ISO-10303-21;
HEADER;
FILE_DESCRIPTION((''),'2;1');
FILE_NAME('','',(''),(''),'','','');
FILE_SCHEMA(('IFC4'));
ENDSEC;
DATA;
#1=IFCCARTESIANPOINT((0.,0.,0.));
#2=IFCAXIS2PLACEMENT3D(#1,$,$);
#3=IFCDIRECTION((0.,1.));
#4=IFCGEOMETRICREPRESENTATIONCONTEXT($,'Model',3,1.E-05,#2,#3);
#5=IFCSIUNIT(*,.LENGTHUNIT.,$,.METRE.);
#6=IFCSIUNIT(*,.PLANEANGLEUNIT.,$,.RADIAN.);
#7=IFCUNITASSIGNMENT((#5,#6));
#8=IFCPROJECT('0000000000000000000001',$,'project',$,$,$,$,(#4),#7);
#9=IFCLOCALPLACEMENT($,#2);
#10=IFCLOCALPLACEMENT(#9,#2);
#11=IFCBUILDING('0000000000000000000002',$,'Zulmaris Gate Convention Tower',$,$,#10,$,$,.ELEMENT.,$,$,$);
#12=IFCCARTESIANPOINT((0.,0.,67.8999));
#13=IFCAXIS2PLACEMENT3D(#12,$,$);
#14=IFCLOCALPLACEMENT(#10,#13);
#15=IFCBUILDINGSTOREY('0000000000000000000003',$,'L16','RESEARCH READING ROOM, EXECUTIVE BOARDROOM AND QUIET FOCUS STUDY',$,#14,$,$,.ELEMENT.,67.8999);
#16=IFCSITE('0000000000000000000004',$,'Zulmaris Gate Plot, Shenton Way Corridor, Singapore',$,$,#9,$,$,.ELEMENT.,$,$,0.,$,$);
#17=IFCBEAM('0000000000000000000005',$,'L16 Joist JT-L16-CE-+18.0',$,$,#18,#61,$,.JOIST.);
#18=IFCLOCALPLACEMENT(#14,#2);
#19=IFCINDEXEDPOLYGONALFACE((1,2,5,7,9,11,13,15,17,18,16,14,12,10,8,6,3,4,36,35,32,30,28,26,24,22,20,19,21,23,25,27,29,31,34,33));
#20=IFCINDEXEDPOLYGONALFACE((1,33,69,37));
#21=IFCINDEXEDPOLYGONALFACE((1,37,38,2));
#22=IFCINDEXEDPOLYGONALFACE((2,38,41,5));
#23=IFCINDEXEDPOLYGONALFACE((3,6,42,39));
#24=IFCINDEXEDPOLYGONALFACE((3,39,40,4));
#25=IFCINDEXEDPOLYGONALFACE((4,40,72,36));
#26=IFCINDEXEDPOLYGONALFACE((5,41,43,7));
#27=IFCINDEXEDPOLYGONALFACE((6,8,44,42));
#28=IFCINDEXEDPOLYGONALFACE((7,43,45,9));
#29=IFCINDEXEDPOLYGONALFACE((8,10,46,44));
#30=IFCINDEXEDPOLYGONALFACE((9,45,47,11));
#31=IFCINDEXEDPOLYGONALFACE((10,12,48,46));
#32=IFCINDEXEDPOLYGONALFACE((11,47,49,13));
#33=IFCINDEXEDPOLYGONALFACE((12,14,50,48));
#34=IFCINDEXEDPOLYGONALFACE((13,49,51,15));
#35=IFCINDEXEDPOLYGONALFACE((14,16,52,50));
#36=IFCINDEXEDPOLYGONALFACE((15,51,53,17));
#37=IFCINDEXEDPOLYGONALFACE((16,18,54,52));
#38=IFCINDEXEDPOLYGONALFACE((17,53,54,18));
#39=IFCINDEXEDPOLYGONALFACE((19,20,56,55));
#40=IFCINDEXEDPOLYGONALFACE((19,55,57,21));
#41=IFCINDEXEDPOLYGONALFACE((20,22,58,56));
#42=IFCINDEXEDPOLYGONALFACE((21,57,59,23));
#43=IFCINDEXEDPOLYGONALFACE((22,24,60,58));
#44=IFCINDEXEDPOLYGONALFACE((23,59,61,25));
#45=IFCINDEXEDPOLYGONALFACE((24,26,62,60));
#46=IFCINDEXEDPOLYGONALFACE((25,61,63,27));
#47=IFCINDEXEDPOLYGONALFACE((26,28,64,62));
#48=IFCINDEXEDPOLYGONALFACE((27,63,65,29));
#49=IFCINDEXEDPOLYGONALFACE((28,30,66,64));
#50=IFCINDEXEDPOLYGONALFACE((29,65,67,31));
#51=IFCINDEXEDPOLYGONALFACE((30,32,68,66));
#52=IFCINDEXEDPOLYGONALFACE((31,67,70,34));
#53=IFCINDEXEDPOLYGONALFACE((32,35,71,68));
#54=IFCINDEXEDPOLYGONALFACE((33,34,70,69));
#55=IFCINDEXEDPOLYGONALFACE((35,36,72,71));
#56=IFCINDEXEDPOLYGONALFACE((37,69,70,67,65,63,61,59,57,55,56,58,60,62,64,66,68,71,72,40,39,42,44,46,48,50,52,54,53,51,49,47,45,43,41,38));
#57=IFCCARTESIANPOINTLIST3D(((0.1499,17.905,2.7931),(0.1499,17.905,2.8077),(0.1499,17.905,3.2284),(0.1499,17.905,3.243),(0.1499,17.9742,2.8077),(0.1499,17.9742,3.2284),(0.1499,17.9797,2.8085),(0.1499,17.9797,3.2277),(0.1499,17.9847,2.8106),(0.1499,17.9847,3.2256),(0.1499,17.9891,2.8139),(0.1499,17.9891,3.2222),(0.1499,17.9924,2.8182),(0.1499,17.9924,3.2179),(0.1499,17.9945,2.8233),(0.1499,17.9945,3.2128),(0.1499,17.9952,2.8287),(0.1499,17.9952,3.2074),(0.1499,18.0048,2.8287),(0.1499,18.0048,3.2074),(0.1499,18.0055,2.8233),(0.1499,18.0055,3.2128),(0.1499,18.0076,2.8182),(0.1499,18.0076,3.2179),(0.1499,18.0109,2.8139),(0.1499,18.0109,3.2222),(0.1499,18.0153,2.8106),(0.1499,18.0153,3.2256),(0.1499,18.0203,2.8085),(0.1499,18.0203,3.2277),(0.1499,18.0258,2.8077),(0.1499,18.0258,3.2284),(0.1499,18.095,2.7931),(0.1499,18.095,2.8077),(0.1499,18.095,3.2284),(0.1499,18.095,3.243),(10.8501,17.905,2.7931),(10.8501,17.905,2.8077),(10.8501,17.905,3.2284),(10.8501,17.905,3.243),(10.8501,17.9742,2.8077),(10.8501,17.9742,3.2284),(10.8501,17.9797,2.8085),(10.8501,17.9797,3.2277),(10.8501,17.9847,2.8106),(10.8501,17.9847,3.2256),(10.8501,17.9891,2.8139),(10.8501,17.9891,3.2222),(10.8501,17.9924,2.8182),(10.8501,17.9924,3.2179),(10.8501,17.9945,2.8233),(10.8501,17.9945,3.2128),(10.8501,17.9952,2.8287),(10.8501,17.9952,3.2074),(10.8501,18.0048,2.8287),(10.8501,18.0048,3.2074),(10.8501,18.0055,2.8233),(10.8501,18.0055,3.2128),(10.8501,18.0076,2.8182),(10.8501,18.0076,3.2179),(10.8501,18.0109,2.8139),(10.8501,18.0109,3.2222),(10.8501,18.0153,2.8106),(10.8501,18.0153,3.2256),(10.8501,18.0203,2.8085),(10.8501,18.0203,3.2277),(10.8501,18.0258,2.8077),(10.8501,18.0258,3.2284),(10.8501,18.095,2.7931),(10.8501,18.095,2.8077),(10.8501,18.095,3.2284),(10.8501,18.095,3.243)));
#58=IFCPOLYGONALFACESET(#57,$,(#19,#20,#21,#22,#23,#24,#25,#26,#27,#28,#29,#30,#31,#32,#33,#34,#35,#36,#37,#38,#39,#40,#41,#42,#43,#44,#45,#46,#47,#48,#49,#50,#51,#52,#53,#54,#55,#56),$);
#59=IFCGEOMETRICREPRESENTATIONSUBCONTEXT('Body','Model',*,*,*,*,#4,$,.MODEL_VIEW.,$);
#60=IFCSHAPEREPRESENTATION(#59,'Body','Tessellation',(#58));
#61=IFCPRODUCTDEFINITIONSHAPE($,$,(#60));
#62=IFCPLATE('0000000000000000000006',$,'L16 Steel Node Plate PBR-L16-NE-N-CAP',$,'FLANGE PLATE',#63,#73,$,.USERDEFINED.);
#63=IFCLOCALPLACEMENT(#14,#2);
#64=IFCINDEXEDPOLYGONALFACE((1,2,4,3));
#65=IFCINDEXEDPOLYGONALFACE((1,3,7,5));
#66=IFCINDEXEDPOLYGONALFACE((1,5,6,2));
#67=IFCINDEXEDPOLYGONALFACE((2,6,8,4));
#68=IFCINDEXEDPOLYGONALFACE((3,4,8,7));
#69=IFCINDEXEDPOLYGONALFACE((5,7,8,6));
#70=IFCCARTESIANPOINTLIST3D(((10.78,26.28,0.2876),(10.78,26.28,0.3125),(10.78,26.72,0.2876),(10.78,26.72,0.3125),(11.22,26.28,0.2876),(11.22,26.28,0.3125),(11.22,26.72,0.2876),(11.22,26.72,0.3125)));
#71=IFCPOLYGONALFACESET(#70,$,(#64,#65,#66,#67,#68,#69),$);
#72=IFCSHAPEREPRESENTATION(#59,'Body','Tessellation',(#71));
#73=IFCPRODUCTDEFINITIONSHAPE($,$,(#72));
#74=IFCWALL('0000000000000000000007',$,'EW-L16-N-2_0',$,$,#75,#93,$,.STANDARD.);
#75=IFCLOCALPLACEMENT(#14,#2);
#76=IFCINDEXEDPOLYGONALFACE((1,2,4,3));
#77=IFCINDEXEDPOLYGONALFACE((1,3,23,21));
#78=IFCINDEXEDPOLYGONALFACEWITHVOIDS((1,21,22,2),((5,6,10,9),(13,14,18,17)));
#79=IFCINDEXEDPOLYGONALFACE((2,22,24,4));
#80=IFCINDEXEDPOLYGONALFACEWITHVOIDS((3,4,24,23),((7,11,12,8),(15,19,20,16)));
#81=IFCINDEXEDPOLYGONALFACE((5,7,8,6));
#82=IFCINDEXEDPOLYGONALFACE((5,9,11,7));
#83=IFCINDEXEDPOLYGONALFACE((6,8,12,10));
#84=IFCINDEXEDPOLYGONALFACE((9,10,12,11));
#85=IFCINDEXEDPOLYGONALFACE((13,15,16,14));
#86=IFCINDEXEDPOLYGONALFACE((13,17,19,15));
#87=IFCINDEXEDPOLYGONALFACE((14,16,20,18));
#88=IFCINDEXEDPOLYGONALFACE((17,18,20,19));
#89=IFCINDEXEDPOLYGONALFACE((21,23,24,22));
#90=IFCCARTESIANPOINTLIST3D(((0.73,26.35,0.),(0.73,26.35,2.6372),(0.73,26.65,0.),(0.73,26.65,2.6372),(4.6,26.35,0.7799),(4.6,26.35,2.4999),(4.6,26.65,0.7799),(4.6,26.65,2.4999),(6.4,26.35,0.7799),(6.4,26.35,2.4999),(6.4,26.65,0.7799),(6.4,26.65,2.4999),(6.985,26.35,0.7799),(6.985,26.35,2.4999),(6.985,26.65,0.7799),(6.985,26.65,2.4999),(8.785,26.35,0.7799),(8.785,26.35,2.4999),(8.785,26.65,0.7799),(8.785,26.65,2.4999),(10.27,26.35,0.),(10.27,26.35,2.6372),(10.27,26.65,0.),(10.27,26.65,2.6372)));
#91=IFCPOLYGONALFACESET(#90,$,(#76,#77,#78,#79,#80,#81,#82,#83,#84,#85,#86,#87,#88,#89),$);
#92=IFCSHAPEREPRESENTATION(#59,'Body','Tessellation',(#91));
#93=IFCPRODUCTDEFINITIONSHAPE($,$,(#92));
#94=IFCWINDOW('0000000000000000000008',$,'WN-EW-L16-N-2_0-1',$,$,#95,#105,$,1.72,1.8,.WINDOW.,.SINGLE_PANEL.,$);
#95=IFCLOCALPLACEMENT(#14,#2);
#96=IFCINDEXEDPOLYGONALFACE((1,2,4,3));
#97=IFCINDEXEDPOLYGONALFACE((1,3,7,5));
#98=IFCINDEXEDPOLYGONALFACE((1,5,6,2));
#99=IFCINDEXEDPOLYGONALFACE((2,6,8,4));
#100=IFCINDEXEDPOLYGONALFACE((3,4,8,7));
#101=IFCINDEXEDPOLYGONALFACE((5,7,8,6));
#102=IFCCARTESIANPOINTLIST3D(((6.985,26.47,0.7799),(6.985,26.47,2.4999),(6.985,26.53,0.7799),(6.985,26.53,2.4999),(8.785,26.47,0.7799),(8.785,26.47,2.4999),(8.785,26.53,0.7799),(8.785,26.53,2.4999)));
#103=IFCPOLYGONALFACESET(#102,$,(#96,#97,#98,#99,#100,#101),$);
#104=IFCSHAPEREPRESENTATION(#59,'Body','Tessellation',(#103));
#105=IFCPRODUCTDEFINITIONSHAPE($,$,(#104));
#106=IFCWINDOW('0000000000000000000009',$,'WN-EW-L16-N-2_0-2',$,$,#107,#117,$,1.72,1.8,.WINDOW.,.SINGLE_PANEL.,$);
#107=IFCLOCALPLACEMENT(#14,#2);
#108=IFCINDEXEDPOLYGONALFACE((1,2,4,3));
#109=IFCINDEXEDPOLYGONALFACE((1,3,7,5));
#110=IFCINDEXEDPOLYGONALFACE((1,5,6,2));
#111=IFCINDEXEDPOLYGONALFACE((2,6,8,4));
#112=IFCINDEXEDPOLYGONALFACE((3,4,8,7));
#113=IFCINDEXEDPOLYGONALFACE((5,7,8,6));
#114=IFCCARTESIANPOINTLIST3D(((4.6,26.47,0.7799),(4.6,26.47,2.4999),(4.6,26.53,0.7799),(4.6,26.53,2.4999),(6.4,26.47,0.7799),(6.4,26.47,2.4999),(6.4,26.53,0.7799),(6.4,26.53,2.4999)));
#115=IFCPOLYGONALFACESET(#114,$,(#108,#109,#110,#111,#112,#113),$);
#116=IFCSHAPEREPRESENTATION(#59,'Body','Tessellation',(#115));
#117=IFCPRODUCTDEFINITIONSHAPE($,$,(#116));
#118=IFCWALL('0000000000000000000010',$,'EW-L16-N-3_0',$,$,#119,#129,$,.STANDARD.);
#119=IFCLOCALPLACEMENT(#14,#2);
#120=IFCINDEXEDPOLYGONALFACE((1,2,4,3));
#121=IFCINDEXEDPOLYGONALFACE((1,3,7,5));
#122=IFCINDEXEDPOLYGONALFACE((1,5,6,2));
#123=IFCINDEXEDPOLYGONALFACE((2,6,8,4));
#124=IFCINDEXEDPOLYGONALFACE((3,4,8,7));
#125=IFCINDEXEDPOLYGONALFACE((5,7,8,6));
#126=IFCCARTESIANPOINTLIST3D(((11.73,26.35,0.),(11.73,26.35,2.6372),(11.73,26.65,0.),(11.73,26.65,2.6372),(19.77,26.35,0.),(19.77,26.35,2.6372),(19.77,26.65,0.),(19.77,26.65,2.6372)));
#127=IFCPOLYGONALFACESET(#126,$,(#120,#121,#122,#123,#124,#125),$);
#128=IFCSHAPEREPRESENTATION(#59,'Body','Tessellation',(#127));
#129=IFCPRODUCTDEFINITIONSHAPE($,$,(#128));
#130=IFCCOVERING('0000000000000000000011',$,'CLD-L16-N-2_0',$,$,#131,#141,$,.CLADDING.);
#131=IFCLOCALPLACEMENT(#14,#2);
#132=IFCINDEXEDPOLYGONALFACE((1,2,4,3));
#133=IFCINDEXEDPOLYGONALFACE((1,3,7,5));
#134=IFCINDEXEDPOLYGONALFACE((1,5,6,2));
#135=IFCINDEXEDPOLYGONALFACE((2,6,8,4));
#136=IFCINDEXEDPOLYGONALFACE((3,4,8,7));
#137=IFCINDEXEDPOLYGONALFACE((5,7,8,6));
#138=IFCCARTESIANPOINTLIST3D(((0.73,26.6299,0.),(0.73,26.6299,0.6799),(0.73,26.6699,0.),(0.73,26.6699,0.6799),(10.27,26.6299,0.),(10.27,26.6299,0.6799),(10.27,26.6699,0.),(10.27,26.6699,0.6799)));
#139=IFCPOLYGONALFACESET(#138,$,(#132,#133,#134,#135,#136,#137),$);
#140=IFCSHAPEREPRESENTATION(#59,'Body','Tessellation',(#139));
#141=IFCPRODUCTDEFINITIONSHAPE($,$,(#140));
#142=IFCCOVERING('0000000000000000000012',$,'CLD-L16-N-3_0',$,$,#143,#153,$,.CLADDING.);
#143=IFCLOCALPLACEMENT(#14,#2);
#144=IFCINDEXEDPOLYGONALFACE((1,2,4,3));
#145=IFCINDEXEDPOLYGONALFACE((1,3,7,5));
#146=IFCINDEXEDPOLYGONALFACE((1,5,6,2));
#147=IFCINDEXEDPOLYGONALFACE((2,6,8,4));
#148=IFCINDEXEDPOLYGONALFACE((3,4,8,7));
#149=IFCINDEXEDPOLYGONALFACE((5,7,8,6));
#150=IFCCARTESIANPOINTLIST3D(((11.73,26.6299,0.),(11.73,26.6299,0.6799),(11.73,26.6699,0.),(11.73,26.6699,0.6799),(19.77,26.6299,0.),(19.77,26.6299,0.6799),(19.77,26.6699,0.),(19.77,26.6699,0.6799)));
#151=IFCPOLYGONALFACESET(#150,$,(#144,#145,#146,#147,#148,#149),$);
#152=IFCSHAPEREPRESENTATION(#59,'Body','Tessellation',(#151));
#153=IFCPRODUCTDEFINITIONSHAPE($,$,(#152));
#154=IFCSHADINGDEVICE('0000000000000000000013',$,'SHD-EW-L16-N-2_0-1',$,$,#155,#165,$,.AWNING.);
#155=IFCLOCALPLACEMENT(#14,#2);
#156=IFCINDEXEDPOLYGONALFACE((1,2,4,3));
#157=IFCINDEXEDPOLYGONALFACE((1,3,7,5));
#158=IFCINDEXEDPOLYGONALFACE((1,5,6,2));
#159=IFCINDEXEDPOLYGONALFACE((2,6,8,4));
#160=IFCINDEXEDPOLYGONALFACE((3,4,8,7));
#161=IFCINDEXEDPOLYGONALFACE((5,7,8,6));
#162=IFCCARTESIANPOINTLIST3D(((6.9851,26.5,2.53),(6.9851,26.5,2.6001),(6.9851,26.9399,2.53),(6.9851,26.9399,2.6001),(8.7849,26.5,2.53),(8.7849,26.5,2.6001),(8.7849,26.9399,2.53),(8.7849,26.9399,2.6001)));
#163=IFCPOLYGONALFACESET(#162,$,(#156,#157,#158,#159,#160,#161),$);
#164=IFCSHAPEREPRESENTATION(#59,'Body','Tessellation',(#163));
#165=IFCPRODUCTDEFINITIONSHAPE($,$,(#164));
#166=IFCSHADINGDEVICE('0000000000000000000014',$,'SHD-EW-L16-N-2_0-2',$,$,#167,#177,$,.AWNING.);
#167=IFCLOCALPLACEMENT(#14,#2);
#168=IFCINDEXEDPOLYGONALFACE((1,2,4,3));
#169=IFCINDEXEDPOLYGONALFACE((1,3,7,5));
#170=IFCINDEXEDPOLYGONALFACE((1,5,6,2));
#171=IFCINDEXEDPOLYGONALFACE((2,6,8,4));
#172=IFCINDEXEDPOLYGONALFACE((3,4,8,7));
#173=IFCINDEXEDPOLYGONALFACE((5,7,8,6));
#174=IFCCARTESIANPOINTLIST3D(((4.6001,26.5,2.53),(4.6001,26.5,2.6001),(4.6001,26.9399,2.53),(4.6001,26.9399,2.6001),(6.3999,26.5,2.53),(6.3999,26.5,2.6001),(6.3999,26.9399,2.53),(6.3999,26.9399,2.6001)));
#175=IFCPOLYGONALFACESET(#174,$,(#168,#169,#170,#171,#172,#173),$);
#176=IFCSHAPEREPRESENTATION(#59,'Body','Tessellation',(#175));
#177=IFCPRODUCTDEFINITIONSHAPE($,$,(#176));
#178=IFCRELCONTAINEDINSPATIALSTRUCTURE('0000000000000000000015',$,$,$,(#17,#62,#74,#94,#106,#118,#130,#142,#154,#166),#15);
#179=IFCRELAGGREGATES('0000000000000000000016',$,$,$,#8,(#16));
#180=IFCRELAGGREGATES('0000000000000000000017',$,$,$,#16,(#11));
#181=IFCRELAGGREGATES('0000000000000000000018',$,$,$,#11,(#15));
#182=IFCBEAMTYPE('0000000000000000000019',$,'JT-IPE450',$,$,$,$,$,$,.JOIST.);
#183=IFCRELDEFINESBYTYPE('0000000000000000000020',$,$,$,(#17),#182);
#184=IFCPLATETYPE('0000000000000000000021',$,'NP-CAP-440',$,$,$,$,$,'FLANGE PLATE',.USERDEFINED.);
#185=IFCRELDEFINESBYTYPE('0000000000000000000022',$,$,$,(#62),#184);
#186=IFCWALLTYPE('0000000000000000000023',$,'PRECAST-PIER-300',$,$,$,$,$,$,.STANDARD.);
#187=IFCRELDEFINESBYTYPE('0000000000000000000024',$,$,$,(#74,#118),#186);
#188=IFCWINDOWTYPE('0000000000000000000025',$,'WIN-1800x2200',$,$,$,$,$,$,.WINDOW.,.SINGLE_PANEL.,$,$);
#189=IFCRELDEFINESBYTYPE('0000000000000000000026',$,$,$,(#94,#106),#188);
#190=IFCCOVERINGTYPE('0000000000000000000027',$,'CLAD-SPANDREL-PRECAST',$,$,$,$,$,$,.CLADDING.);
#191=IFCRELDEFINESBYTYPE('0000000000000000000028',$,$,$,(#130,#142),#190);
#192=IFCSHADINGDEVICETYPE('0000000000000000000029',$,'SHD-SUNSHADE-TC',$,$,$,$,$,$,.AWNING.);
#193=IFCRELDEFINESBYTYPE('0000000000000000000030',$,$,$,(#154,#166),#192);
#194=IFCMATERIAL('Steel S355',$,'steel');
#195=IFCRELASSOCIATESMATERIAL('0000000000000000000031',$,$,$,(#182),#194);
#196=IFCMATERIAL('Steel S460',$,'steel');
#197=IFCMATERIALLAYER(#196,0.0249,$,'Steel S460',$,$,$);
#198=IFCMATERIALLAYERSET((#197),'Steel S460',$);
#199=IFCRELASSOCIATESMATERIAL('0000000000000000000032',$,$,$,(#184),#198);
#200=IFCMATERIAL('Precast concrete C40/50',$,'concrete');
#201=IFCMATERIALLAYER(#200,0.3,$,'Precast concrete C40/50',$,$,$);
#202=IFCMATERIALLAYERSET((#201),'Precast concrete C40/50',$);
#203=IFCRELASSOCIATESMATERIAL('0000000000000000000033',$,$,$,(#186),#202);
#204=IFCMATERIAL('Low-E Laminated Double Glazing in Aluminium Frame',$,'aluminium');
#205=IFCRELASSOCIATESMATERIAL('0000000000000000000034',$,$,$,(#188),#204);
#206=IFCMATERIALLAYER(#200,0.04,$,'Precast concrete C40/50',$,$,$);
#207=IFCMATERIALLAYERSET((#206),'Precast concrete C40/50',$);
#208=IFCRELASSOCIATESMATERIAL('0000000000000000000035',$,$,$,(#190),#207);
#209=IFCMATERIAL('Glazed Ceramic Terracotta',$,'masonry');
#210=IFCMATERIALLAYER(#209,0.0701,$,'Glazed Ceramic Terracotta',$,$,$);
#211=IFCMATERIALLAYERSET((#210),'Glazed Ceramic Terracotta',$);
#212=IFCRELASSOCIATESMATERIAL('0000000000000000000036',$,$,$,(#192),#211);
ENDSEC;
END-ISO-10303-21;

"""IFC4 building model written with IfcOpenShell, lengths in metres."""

from ifc_helpers import new_model, si_unit, direction, frame, frame_2d, origin, origin_2d, place, context, subcontext, project, spatial, rectangle, i_section, extrude, material, layer, layer_set, material_profile, profile_set, type_object, element, fill, save


model = new_model("IFC4")

# Units and contexts
model_context = context("Model", 3, precision=1e-05, world=origin(), true_north=direction((0.0, 1.0)))
body_context = subcontext(model_context, "Body", "Model", "MODEL_VIEW")
ifc_project = project(units=[si_unit("LENGTHUNIT", "METRE"), si_unit("PLANEANGLEUNIT", "RADIAN")], contexts=[model_context])

# Site, building, storey
site_placement = place(None, origin())
site = spatial("IfcSite", under=ifc_project, at=site_placement, Name="Zulmaris Gate Plot, Shenton Way Corridor, Singapore", CompositionType="ELEMENT", RefElevation=0.0)
building_placement = place(site_placement, origin())
building = spatial("IfcBuilding", under=site, at=building_placement, Name="Zulmaris Gate Convention Tower", CompositionType="ELEMENT")
storey_placement = place(building_placement, frame((0.0, 0.0, 67.8999)))
storey = spatial("IfcBuildingStorey", under=building, at=storey_placement, Name="L16", Description="RESEARCH READING ROOM, EXECUTIVE BOARDROOM AND QUIET FOCUS STUDY", CompositionType="ELEMENT", Elevation=67.8999)

# Shared definitions
ifc_material_1 = material(Name="Steel S355", Category="steel")

# Shared definitions
ifc_material_2 = material(Name="Steel S460", Category="steel")

# Beam
ifc_material_profile_1 = material_profile(ifc_material_1, i_section(OverallWidth=0.1899, OverallDepth=0.45, WebThickness=0.0095, FlangeThickness=0.0146, FilletRadius=0.021, at=origin_2d()), Name="IPE 450")
ifc_profile_set_1 = profile_set([ifc_material_profile_1], Name="Steel S355")
beam_type_1 = type_object("IfcBeamType", Name="JT-IPE450", PredefinedType="JOIST", material=ifc_profile_set_1)
for number, where, z_axis, x_axis, name in (
    (1, (0.1499, 18.0, 3.0181), (1.0, 0.0, 0.0), (0.0, 1.0, 0.0), "L16 Joist JT-L16-CE-+18.0"),
):
    element("IfcBeam", number, at=place(storey_placement, frame(where, z_axis=z_axis, x_axis=x_axis)), inside=storey, type_object=beam_type_1, Name=name, PredefinedType="JOIST", context=body_context, shape_type="SweptSolid", body=[
        extrude(i_section(OverallWidth=0.1899, OverallDepth=0.45, WebThickness=0.0095, FlangeThickness=0.0146, FilletRadius=0.021, at=origin_2d()), origin(), (0.0, 0.0, 1.0), 10.7002),
    ])

# Plate
ifc_layer_1 = layer(ifc_material_2, 0.0249, Name="Steel S460")
ifc_layer_set_1 = layer_set([ifc_layer_1], Name="Steel S460")
plate_type = type_object("IfcPlateType", Name="NP-CAP-440", ElementType="FLANGE PLATE", PredefinedType="USERDEFINED", material=ifc_layer_set_1)
plate_placement = place(storey_placement, frame((11.0, 26.5, 0.2876), z_axis=(0.0, 0.0, 1.0), x_axis=(1.0, 0.0, 0.0)))
element("IfcPlate", 2, at=plate_placement, inside=storey, type_object=plate_type, Name="L16 Steel Node Plate PBR-L16-NE-N-CAP", ObjectType="FLANGE PLATE", PredefinedType="USERDEFINED", context=body_context, shape_type="SweptSolid", body=[
    extrude(rectangle(XDim=0.4399, YDim=0.4399, at=origin_2d()), origin(), (0.0, 0.0, 1.0), 0.0249),
])

# Wall, openings, windows
ifc_material_3 = material(Name="Precast concrete C40/50", Category="concrete")
ifc_layer_2 = layer(ifc_material_3, 0.3, Name="Precast concrete C40/50")
ifc_layer_set_2 = layer_set([ifc_layer_2], Name="Precast concrete C40/50")
wall_type = type_object("IfcWallType", Name="PRECAST-PIER-300", PredefinedType="STANDARD", material=ifc_layer_set_2)
wall_1_placement = place(storey_placement, frame((10.27, 26.5, 0.0), z_axis=(0.0, 0.0, 1.0), x_axis=(-1.0, 0.0, 0.0)))
wall_1 = element("IfcWall", 3, at=wall_1_placement, inside=storey, type_object=wall_type, Name="EW-L16-N-2_0", PredefinedType="STANDARD", context=body_context, shape_type="SweptSolid", body=[
    extrude(rectangle(XDim=9.54, YDim=0.3, at=frame_2d((4.77, 0.0))), origin(), (0.0, 0.0, 1.0), 2.6372),
])
opening_1_placement = place(wall_1_placement, frame((1.4851, 0.0, 0.78)))
opening_1 = element("IfcOpeningElement", 4, at=opening_1_placement, cuts=wall_1, PredefinedType="OPENING", context=body_context, shape_type="SweptSolid", body=[
    extrude(rectangle(XDim=1.8, YDim=1.72, at=frame_2d((0.8999, 0.8599))), frame((0.0, 0.1602, 0.0), z_axis=(0.0, -1.0, 0.0), x_axis=(1.0, 0.0, 0.0)), (0.0, 0.0, 1.0), 0.3201),
])
opening_2_placement = place(wall_1_placement, frame((3.8701, 0.0, 0.78)))
opening_2 = element("IfcOpeningElement", 5, at=opening_2_placement, cuts=wall_1, PredefinedType="OPENING", context=body_context, shape_type="SweptSolid", body=[
    extrude(rectangle(XDim=1.8, YDim=1.72, at=frame_2d((0.8999, 0.8599))), frame((0.0, 0.1602, 0.0), z_axis=(0.0, -1.0, 0.0), x_axis=(1.0, 0.0, 0.0)), (0.0, 0.0, 1.0), 0.3201),
])
ifc_material_4 = material(Name="Low-E Laminated Double Glazing in Aluminium Frame", Category="aluminium")
window_type = type_object("IfcWindowType", Name="WIN-1800x2200", PartitioningType="SINGLE_PANEL", PredefinedType="WINDOW", material=ifc_material_4)
window_1_placement = place(opening_1_placement, origin())
window_1 = element("IfcWindow", 6, at=window_1_placement, inside=storey, type_object=window_type, Name="WN-EW-L16-N-2_0-1", OverallHeight=1.72, OverallWidth=1.8, PartitioningType="SINGLE_PANEL", PredefinedType="WINDOW", context=body_context, shape_type="SweptSolid", body=[
    extrude(rectangle(XDim=1.8, YDim=1.72, at=frame_2d((0.8999, 0.8599))), frame((0.0, 0.03, 0.0), z_axis=(0.0, -1.0, 0.0), x_axis=(1.0, 0.0, 0.0)), (0.0, 0.0, 1.0), 0.0601),
])
fill(opening_1, window_1)
window_2_placement = place(opening_2_placement, origin())
window_2 = element("IfcWindow", 7, at=window_2_placement, inside=storey, type_object=window_type, Name="WN-EW-L16-N-2_0-2", OverallHeight=1.72, OverallWidth=1.8, PartitioningType="SINGLE_PANEL", PredefinedType="WINDOW", context=body_context, shape_type="SweptSolid", body=[
    extrude(rectangle(XDim=1.8, YDim=1.72, at=frame_2d((0.8999, 0.8599))), frame((0.0, 0.03, 0.0), z_axis=(0.0, -1.0, 0.0), x_axis=(1.0, 0.0, 0.0)), (0.0, 0.0, 1.0), 0.0601),
])
fill(opening_2, window_2)

# Wall
wall_2_placement = place(storey_placement, frame((19.77, 26.5, 0.0), z_axis=(0.0, 0.0, 1.0), x_axis=(-1.0, 0.0, 0.0)))
element("IfcWall", 8, at=wall_2_placement, inside=storey, type_object=wall_type, Name="EW-L16-N-3_0", PredefinedType="STANDARD", context=body_context, shape_type="SweptSolid", body=[
    extrude(rectangle(XDim=8.04, YDim=0.3, at=frame_2d((4.02, 0.0))), origin(), (0.0, 0.0, 1.0), 2.6372),
])

# Coverings
ifc_layer_3 = layer(ifc_material_3, 0.04, Name="Precast concrete C40/50")
ifc_layer_set_3 = layer_set([ifc_layer_3], Name="Precast concrete C40/50")
covering_type = type_object("IfcCoveringType", Name="CLAD-SPANDREL-PRECAST", PredefinedType="CLADDING", material=ifc_layer_set_3)
covering_1_placement = place(storey_placement, frame((10.27, 26.6499, 0.0), z_axis=(0.0, 0.0, 1.0), x_axis=(-1.0, 0.0, 0.0)))
element("IfcCovering", 9, at=covering_1_placement, inside=storey, type_object=covering_type, Name="CLD-L16-N-2_0", PredefinedType="CLADDING", context=body_context, shape_type="SweptSolid", body=[
    extrude(rectangle(XDim=9.54, YDim=0.04, at=frame_2d((4.77, 0.0))), origin(), (0.0, 0.0, 1.0), 0.6799),
])
covering_2_placement = place(storey_placement, frame((19.77, 26.6499, 0.0), z_axis=(0.0, 0.0, 1.0), x_axis=(-1.0, 0.0, 0.0)))
element("IfcCovering", 10, at=covering_2_placement, inside=storey, type_object=covering_type, Name="CLD-L16-N-3_0", PredefinedType="CLADDING", context=body_context, shape_type="SweptSolid", body=[
    extrude(rectangle(XDim=8.04, YDim=0.04, at=frame_2d((4.02, 0.0))), origin(), (0.0, 0.0, 1.0), 0.6799),
])

# Shading devices
ifc_material_5 = material(Name="Glazed Ceramic Terracotta", Category="masonry")
ifc_layer_4 = layer(ifc_material_5, 0.0701, Name="Glazed Ceramic Terracotta")
ifc_layer_set_4 = layer_set([ifc_layer_4], Name="Glazed Ceramic Terracotta")
shading_device_type = type_object("IfcShadingDeviceType", Name="SHD-SUNSHADE-TC", PredefinedType="AWNING", material=ifc_layer_set_4)
for number, where, z_axis, x_axis, name in (
    (11, (8.7849, 26.72, 2.53), (0.0, 0.0, 1.0), (-1.0, 0.0, 0.0), "SHD-EW-L16-N-2_0-1"),
    (12, (6.3999, 26.72, 2.53), (0.0, 0.0, 1.0), (-1.0, 0.0, 0.0), "SHD-EW-L16-N-2_0-2"),
):
    element("IfcShadingDevice", number, at=place(storey_placement, frame(where, z_axis=z_axis, x_axis=x_axis)), inside=storey, type_object=shading_device_type, Name=name, PredefinedType="AWNING", context=body_context, shape_type="SweptSolid", body=[
        extrude(rectangle(XDim=1.7998, YDim=0.4399, at=frame_2d((0.8999, 0.0))), origin(), (0.0, 0.0, 1.0), 0.0701),
    ])

save(model, "model.ifc")
